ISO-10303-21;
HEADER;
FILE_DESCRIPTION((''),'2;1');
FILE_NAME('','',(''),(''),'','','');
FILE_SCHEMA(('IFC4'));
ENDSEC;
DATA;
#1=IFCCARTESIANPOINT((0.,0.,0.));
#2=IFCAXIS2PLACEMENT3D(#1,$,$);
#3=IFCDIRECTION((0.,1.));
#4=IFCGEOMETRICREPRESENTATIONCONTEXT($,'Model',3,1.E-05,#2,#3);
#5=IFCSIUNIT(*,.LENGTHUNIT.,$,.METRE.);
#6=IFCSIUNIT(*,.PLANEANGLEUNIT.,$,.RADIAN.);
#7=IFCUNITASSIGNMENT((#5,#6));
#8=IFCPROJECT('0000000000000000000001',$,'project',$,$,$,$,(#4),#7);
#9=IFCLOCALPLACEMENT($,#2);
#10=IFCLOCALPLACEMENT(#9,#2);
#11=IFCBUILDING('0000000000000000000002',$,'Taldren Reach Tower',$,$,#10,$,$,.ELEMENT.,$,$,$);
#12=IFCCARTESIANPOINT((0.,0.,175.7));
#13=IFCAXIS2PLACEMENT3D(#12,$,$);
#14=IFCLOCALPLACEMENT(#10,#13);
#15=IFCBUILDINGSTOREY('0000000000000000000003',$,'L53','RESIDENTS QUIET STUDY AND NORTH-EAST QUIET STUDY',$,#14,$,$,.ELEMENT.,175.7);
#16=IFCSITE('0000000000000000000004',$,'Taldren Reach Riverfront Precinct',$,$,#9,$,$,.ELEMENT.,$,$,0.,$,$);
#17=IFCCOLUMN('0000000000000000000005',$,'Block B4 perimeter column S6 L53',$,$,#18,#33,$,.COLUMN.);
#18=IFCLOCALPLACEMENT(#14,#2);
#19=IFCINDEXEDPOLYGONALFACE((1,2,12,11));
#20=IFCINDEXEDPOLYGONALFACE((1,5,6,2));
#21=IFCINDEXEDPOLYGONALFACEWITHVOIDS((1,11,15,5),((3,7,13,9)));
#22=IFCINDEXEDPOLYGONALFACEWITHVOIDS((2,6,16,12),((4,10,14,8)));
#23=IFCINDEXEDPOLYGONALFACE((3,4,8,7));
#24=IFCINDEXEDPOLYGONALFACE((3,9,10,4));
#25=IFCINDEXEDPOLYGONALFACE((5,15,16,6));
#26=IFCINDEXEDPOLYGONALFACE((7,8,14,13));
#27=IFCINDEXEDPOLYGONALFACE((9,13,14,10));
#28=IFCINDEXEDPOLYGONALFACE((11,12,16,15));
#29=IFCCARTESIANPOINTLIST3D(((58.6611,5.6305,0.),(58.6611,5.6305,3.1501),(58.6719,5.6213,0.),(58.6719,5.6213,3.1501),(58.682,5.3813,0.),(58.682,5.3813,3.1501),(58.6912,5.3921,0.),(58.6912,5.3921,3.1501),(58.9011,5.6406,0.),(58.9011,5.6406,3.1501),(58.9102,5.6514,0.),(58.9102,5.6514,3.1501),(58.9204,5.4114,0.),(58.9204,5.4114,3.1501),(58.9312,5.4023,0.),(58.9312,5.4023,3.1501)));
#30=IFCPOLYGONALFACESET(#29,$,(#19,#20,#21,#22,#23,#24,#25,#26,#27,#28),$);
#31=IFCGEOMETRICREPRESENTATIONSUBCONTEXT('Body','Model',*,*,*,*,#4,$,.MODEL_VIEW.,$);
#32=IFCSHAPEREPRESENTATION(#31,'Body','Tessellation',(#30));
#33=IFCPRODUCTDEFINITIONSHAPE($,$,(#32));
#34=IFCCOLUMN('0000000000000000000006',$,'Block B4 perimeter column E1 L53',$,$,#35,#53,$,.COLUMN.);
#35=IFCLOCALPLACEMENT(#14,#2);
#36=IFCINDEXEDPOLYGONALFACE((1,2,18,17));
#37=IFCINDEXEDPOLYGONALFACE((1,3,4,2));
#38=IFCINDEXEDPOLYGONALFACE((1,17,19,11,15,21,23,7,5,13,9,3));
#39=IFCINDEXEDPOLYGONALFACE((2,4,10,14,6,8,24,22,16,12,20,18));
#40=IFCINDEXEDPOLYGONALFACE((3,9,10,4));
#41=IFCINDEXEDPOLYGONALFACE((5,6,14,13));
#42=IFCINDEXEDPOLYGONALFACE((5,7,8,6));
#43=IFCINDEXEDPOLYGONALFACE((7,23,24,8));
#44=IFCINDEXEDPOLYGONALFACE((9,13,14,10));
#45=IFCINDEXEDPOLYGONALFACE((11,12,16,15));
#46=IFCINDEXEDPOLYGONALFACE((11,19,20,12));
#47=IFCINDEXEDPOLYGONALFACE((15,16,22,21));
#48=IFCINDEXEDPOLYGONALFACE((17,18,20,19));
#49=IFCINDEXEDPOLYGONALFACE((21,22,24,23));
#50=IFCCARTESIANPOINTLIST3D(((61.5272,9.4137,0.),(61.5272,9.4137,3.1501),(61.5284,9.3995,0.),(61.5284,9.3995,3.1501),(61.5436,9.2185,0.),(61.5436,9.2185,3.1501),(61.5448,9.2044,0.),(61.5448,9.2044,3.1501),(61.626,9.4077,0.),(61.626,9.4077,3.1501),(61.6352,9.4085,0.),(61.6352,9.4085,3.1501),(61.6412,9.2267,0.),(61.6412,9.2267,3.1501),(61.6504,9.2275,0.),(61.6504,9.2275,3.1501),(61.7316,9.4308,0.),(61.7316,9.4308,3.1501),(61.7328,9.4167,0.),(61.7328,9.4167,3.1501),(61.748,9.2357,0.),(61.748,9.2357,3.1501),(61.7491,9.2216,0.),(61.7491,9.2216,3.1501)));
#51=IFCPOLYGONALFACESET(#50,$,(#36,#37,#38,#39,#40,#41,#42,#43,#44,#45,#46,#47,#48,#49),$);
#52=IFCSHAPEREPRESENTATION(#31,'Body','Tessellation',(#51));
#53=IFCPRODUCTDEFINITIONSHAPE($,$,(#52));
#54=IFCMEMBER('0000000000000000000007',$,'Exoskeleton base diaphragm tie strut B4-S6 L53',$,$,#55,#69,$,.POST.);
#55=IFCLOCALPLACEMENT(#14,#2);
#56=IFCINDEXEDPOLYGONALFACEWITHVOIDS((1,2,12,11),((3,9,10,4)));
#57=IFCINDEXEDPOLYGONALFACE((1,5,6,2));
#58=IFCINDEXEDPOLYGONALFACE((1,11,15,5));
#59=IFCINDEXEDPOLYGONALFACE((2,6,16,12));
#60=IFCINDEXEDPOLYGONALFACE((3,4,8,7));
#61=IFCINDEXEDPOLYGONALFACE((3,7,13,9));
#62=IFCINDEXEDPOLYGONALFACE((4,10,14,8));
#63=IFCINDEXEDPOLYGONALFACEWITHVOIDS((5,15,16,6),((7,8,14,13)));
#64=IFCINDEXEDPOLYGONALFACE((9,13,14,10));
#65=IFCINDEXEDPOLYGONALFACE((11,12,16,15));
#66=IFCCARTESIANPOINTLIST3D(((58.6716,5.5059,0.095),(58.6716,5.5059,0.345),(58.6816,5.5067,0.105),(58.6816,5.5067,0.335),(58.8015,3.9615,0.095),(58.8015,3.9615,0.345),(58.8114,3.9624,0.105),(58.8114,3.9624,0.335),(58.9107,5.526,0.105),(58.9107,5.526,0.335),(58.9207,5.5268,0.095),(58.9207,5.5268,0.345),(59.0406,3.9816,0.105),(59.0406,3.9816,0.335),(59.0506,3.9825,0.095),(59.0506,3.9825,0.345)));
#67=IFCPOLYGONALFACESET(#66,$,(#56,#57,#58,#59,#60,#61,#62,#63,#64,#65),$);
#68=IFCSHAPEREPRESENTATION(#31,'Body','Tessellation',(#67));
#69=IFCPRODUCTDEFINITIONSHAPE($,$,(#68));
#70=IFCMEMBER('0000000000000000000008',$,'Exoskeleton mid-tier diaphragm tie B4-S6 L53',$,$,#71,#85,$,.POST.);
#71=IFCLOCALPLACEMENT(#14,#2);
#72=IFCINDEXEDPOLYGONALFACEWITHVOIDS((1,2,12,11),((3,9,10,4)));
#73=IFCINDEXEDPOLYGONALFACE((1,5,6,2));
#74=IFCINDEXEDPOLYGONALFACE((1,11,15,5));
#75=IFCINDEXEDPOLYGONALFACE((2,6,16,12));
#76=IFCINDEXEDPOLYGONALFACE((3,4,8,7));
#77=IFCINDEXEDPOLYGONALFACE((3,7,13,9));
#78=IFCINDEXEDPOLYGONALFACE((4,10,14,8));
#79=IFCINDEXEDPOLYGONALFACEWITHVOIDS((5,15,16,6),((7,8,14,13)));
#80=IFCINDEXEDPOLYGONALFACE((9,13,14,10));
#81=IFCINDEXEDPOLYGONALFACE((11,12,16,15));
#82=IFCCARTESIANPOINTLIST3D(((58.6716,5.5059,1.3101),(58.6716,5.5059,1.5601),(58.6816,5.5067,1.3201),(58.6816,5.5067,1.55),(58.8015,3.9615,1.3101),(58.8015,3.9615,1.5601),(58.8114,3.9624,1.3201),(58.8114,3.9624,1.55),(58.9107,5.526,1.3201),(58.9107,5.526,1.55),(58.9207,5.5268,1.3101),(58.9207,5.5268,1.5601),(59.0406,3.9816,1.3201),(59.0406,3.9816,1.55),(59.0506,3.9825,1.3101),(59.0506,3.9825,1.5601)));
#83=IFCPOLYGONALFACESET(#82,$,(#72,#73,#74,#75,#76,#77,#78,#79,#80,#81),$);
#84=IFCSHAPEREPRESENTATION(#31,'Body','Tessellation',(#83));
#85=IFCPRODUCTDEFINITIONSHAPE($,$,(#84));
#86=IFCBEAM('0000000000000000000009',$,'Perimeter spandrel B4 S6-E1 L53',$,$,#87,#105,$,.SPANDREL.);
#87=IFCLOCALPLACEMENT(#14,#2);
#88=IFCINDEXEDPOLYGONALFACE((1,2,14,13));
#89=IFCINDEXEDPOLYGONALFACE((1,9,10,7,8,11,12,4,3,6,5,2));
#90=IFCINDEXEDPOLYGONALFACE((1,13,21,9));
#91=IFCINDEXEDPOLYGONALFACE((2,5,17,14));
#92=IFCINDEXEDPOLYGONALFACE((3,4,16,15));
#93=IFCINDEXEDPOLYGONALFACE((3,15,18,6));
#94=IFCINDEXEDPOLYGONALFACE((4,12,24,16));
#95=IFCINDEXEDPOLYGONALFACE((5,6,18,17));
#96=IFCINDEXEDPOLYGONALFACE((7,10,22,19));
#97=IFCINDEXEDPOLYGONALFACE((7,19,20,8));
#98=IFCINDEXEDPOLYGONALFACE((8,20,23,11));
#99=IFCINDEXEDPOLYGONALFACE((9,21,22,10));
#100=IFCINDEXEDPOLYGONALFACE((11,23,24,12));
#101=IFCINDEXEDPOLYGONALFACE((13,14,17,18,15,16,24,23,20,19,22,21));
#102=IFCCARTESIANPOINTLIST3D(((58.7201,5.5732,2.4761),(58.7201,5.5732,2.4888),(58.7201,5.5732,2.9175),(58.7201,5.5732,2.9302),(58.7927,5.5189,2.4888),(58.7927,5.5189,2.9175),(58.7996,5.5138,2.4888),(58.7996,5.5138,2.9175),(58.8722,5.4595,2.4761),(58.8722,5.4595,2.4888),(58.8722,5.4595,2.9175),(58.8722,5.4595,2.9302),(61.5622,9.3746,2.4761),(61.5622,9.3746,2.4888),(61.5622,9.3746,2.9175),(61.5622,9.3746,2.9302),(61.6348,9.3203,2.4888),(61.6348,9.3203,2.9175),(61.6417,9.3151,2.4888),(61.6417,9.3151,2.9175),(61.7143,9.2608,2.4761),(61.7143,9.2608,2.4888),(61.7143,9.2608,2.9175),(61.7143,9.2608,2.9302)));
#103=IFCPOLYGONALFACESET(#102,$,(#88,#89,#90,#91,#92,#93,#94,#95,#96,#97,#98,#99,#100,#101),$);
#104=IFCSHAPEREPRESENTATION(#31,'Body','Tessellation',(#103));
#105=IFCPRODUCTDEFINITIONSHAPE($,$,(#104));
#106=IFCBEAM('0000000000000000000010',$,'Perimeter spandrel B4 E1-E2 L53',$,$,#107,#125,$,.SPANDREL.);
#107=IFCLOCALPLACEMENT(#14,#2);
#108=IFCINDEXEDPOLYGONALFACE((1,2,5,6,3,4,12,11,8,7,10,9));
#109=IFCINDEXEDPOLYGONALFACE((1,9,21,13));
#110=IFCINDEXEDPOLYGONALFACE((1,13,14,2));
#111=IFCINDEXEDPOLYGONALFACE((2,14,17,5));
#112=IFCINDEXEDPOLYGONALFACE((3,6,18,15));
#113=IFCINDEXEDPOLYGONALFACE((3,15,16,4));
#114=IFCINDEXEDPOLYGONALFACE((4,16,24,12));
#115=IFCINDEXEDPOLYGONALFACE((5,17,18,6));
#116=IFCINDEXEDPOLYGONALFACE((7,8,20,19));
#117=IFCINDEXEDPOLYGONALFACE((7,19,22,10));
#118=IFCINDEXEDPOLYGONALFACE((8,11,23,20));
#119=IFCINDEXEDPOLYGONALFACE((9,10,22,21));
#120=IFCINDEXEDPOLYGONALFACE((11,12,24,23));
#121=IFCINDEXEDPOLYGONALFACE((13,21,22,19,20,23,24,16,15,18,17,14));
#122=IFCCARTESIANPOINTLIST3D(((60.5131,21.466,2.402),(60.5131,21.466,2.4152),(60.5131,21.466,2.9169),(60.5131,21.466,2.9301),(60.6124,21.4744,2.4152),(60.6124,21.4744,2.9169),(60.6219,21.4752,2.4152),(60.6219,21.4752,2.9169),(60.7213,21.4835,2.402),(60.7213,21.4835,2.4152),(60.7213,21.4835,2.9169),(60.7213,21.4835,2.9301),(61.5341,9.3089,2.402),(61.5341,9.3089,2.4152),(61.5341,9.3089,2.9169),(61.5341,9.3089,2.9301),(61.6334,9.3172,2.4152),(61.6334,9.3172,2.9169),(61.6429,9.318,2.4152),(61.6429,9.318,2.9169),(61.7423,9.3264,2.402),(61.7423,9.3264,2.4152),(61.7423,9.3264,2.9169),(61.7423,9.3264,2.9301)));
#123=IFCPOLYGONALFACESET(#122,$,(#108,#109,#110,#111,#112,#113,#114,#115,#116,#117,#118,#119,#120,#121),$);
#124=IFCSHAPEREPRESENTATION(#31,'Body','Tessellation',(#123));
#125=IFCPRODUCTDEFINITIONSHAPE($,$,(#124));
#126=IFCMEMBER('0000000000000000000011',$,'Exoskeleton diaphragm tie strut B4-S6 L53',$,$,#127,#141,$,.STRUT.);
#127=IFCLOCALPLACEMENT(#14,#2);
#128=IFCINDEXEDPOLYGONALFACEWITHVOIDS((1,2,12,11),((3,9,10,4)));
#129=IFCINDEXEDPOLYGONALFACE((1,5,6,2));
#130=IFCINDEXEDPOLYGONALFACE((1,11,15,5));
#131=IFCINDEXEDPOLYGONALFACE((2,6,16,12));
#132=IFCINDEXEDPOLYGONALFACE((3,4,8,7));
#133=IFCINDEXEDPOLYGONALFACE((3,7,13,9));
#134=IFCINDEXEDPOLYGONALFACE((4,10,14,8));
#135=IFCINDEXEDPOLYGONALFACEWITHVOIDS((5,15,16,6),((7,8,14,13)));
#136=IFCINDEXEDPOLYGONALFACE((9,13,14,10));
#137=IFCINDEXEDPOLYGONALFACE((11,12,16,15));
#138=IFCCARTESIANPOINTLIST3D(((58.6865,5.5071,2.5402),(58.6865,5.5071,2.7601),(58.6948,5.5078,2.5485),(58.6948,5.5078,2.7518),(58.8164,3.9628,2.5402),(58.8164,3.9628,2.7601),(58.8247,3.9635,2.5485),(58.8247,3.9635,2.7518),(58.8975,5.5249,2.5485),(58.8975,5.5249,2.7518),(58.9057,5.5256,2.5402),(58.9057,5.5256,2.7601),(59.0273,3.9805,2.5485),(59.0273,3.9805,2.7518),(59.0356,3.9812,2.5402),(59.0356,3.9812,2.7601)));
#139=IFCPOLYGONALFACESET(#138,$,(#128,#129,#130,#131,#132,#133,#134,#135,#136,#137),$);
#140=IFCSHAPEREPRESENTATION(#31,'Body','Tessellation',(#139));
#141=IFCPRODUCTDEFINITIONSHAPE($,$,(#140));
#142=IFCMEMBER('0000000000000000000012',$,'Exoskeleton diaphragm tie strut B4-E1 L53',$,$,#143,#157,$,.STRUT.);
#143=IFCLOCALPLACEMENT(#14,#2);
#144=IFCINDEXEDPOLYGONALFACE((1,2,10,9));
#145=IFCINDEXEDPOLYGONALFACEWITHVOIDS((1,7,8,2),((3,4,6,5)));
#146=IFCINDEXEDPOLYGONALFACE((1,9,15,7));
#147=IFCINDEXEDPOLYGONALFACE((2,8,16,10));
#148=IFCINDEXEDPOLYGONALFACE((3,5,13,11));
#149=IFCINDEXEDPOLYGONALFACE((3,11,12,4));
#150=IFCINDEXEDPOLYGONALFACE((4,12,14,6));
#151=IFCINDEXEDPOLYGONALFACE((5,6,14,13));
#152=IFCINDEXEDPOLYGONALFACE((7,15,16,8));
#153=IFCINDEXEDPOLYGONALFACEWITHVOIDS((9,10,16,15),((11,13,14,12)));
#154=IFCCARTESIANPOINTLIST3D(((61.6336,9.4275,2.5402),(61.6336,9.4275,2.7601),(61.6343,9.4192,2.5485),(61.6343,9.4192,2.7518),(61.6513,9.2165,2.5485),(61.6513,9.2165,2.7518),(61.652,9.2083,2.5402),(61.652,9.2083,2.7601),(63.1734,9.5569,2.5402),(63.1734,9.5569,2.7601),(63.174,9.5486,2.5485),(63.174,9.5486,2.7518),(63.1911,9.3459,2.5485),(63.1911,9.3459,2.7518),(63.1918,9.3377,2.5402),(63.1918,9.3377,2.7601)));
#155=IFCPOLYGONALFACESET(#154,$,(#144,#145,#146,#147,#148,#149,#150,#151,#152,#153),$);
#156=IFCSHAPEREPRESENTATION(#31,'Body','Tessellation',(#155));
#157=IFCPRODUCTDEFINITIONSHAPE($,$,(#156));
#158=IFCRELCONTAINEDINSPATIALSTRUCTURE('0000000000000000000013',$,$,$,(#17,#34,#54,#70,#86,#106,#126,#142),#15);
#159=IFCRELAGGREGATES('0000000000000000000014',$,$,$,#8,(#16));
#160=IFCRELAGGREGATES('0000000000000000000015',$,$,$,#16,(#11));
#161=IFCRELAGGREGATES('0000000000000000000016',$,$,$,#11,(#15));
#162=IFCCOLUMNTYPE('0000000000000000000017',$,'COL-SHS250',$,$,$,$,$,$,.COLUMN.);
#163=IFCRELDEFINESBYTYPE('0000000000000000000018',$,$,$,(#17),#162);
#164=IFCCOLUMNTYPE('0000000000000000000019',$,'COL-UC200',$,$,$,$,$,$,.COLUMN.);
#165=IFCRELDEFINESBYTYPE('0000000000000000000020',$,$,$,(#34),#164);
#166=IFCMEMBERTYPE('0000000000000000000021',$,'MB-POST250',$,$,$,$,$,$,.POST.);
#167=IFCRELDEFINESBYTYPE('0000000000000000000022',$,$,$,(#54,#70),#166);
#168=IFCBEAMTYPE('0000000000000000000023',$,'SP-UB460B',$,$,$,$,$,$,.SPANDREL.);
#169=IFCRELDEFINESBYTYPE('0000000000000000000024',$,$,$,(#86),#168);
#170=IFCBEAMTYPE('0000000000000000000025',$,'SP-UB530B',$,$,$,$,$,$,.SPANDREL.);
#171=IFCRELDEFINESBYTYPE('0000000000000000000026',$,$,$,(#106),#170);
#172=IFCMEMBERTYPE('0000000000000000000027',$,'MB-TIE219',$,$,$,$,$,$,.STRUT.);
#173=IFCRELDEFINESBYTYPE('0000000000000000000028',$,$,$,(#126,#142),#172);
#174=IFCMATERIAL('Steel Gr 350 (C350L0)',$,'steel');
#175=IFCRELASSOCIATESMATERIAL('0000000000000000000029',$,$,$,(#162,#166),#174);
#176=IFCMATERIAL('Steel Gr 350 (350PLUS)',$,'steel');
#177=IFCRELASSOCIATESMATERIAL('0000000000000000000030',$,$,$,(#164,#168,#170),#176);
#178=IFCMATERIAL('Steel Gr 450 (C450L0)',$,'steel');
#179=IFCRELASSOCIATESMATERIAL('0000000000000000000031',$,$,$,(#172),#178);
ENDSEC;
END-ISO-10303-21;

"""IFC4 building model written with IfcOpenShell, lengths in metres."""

from ifc_helpers import new_model, si_unit, direction, frame, origin, origin_2d, place, context, subcontext, project, spatial, hollow_rectangle, i_section, extrude, source, transform, mapped, material, material_profile, profile_set, type_object, element, save


model = new_model("IFC4")

# Units and contexts
model_context = context("Model", 3, precision=1e-05, world=origin(), true_north=direction((0.0, 1.0)))
body_context = subcontext(model_context, "Body", "Model", "MODEL_VIEW")
ifc_project = project(units=[si_unit("LENGTHUNIT", "METRE"), si_unit("PLANEANGLEUNIT", "RADIAN")], contexts=[model_context])

# Site, building, storey
site_placement = place(None, origin())
site = spatial("IfcSite", under=ifc_project, at=site_placement, Name="Taldren Reach Riverfront Precinct", CompositionType="ELEMENT", RefElevation=0.0)
building_placement = place(site_placement, origin())
building = spatial("IfcBuilding", under=site, at=building_placement, Name="Taldren Reach Tower", CompositionType="ELEMENT")
storey_placement = place(building_placement, frame((0.0, 0.0, 175.7)))
storey = spatial("IfcBuildingStorey", under=building, at=storey_placement, Name="L53", Description="RESIDENTS QUIET STUDY AND NORTH-EAST QUIET STUDY", CompositionType="ELEMENT", Elevation=175.7)

# Columns
ifc_material_1 = material(Name="Steel Gr 350 (C350L0)", Category="steel")
ifc_material_profile_1 = material_profile(ifc_material_1, hollow_rectangle(XDim=0.25, YDim=0.25, WallThickness=0.01, at=origin_2d()), Name="250x250x10.0SHS")
ifc_profile_set_1 = profile_set([ifc_material_profile_1], Name="Steel Gr 350 (C350L0)")
column_type_1 = type_object("IfcColumnType", Name="COL-SHS250", PredefinedType="COLUMN", material=ifc_profile_set_1)
shared_shape_1 = source(origin(), body_context, "Body", "SweptSolid", [
    extrude(hollow_rectangle(XDim=0.25, YDim=0.25, WallThickness=0.01, at=origin_2d()), origin(), (0.0, 0.0, 1.0), 3.1501),
])
column_1_placement = place(storey_placement, frame((58.7961, 5.5164, 0.0), z_axis=(0.0, 0.0, 1.0), x_axis=(0.996493, 0.083678, 0.0)))
element("IfcColumn", 1, at=column_1_placement, inside=storey, type_object=column_type_1, Name="Block B4 perimeter column S6 L53", PredefinedType="COLUMN", context=body_context, shape_type="MappedRepresentation", body=[
    mapped(shared_shape_1, transform((0.0, 0.0, 0.0), scale=1.0)),
])
ifc_material_2 = material(Name="Steel Gr 350 (350PLUS)", Category="steel")
ifc_material_profile_2 = material_profile(ifc_material_2, i_section(OverallWidth=0.2051, OverallDepth=0.21, WebThickness=0.0093, FlangeThickness=0.0142, at=origin_2d()), Name="200UC59.5")
ifc_profile_set_2 = profile_set([ifc_material_profile_2], Name="Steel Gr 350 (350PLUS)")
column_type_2 = type_object("IfcColumnType", Name="COL-UC200", PredefinedType="COLUMN", material=ifc_profile_set_2)
shared_shape_2 = source(origin(), body_context, "Body", "SweptSolid", [
    extrude(i_section(OverallWidth=0.2051, OverallDepth=0.21, WebThickness=0.0093, FlangeThickness=0.0142, at=origin_2d()), origin(), (0.0, 0.0, 1.0), 3.1501),
])
column_2_placement = place(storey_placement, frame((61.6382, 9.3176, 0.0), z_axis=(0.0, 0.0, 1.0), x_axis=(0.996493, 0.083678, 0.0)))
element("IfcColumn", 2, at=column_2_placement, inside=storey, type_object=column_type_2, Name="Block B4 perimeter column E1 L53", PredefinedType="COLUMN", context=body_context, shape_type="MappedRepresentation", body=[
    mapped(shared_shape_2, transform((0.0, 0.0, 0.0), scale=1.0)),
])

# Members
ifc_material_profile_3 = material_profile(ifc_material_1, hollow_rectangle(XDim=0.25, YDim=0.25, WallThickness=0.01, at=origin_2d()), Name="250x250x10.0SHS")
ifc_profile_set_3 = profile_set([ifc_material_profile_3], Name="Steel Gr 350 (C350L0)")
member_type_1 = type_object("IfcMemberType", Name="MB-POST250", PredefinedType="POST", material=ifc_profile_set_3)
shared_shape_3 = source(origin(), body_context, "Body", "SweptSolid", [
    extrude(hollow_rectangle(XDim=0.25, YDim=0.25, WallThickness=0.01, at=origin_2d()), origin(), (0.0, 0.0, 1.0), 1.5498),
])
for number, where, z_axis, x_axis, name in (
    (3, (58.7961, 5.5164, 0.22), (0.083802, -0.996482, 0.0), (0.996482, 0.083802, 0.0), "Exoskeleton base diaphragm tie strut B4-S6 L53"),
    (4, (58.7961, 5.5164, 1.4351), (0.083802, -0.996482, 0.0), (0.996482, 0.083802, 0.0), "Exoskeleton mid-tier diaphragm tie B4-S6 L53"),
):
    element("IfcMember", number, at=place(storey_placement, frame(where, z_axis=z_axis, x_axis=x_axis)), inside=storey, type_object=member_type_1, Name=name, PredefinedType="POST", context=body_context, shape_type="MappedRepresentation", body=[
        mapped(shared_shape_3, transform((0.0, 0.0, 0.0), scale=1.0)),
    ])

# Beams
ifc_material_profile_4 = material_profile(ifc_material_2, i_section(OverallWidth=0.1899, OverallDepth=0.4541, WebThickness=0.0085, FlangeThickness=0.0127, at=origin_2d()), Name="460UB67.1")
ifc_profile_set_4 = profile_set([ifc_material_profile_4], Name="Steel Gr 350 (350PLUS)")
beam_type_1 = type_object("IfcBeamType", Name="SP-UB460B", PredefinedType="SPANDREL", material=ifc_profile_set_4)
shared_shape_4 = source(origin(), body_context, "Body", "SweptSolid", [
    extrude(i_section(OverallWidth=0.1899, OverallDepth=0.4541, WebThickness=0.0085, FlangeThickness=0.0127, at=origin_2d()), origin(), (0.0, 0.0, 1.0), 4.7463),
])
beam_1_placement = place(storey_placement, frame((58.7961, 5.5164, 2.7031), z_axis=(0.598798, 0.8009, 0.0), x_axis=(-0.8009, 0.598798, 0.0)))
element("IfcBeam", 5, at=beam_1_placement, inside=storey, type_object=beam_type_1, Name="Perimeter spandrel B4 S6-E1 L53", PredefinedType="SPANDREL", context=body_context, shape_type="MappedRepresentation", body=[
    mapped(shared_shape_4, transform((0.0, 0.0, 0.0), scale=1.0)),
])
ifc_material_profile_5 = material_profile(ifc_material_2, i_section(OverallWidth=0.209, OverallDepth=0.5281, WebThickness=0.0095, FlangeThickness=0.0132, at=origin_2d()), Name="530UB82.0")
ifc_profile_set_5 = profile_set([ifc_material_profile_5], Name="Steel Gr 350 (350PLUS)")
beam_type_2 = type_object("IfcBeamType", Name="SP-UB530B", PredefinedType="SPANDREL", material=ifc_profile_set_5)
shared_shape_5 = source(origin(), body_context, "Body", "SweptSolid", [
    extrude(i_section(OverallWidth=0.209, OverallDepth=0.5281, WebThickness=0.0095, FlangeThickness=0.0132, at=origin_2d()), origin(), (0.0, 0.0, 1.0), 12.2),
])
beam_2_placement = place(storey_placement, frame((61.6382, 9.3176, 2.666), z_axis=(-0.083688, 0.996492, 0.0), x_axis=(-0.996492, -0.083688, 0.0)))
element("IfcBeam", 6, at=beam_2_placement, inside=storey, type_object=beam_type_2, Name="Perimeter spandrel B4 E1-E2 L53", PredefinedType="SPANDREL", context=body_context, shape_type="MappedRepresentation", body=[
    mapped(shared_shape_5, transform((0.0, 0.0, 0.0), scale=1.0)),
])

# Members
ifc_material_3 = material(Name="Steel Gr 450 (C450L0)", Category="steel")
ifc_material_profile_6 = material_profile(ifc_material_3, hollow_rectangle(XDim=0.22, YDim=0.22, WallThickness=0.0083, at=origin_2d()), Name="220x220x8.2SHS")
ifc_profile_set_6 = profile_set([ifc_material_profile_6], Name="Steel Gr 450 (C450L0)")
member_type_2 = type_object("IfcMemberType", Name="MB-TIE219", PredefinedType="STRUT", material=ifc_profile_set_6)
shared_shape_6 = source(origin(), body_context, "Body", "SweptSolid", [
    extrude(hollow_rectangle(XDim=0.22, YDim=0.22, WallThickness=0.0083, at=origin_2d()), origin(), (0.0, 0.0, 1.0), 1.5498),
])
member_1_placement = place(storey_placement, frame((58.7961, 5.5164, 2.6501), z_axis=(0.083802, -0.996482, 0.0), x_axis=(0.996482, 0.083802, 0.0)))
element("IfcMember", 7, at=member_1_placement, inside=storey, type_object=member_type_2, Name="Exoskeleton diaphragm tie strut B4-S6 L53", PredefinedType="STRUT", context=body_context, shape_type="MappedRepresentation", body=[
    mapped(shared_shape_6, transform((0.0, 0.0, 0.0), scale=1.0)),
])
shared_shape_7 = source(origin(), body_context, "Body", "SweptSolid", [
    extrude(hollow_rectangle(XDim=0.22, YDim=0.22, WallThickness=0.0083, at=origin_2d()), origin(), (0.0, 0.0, 1.0), 1.5452),
])
member_2_placement = place(storey_placement, frame((61.6428, 9.3179, 2.6501), z_axis=(0.996488, 0.083738, 0.0), x_axis=(-0.083738, 0.996488, 0.0)))
element("IfcMember", 8, at=member_2_placement, inside=storey, type_object=member_type_2, Name="Exoskeleton diaphragm tie strut B4-E1 L53", PredefinedType="STRUT", context=body_context, shape_type="MappedRepresentation", body=[
    mapped(shared_shape_7, transform((0.0, 0.0, 0.0), scale=1.0)),
])

save(model, "model.ifc")
